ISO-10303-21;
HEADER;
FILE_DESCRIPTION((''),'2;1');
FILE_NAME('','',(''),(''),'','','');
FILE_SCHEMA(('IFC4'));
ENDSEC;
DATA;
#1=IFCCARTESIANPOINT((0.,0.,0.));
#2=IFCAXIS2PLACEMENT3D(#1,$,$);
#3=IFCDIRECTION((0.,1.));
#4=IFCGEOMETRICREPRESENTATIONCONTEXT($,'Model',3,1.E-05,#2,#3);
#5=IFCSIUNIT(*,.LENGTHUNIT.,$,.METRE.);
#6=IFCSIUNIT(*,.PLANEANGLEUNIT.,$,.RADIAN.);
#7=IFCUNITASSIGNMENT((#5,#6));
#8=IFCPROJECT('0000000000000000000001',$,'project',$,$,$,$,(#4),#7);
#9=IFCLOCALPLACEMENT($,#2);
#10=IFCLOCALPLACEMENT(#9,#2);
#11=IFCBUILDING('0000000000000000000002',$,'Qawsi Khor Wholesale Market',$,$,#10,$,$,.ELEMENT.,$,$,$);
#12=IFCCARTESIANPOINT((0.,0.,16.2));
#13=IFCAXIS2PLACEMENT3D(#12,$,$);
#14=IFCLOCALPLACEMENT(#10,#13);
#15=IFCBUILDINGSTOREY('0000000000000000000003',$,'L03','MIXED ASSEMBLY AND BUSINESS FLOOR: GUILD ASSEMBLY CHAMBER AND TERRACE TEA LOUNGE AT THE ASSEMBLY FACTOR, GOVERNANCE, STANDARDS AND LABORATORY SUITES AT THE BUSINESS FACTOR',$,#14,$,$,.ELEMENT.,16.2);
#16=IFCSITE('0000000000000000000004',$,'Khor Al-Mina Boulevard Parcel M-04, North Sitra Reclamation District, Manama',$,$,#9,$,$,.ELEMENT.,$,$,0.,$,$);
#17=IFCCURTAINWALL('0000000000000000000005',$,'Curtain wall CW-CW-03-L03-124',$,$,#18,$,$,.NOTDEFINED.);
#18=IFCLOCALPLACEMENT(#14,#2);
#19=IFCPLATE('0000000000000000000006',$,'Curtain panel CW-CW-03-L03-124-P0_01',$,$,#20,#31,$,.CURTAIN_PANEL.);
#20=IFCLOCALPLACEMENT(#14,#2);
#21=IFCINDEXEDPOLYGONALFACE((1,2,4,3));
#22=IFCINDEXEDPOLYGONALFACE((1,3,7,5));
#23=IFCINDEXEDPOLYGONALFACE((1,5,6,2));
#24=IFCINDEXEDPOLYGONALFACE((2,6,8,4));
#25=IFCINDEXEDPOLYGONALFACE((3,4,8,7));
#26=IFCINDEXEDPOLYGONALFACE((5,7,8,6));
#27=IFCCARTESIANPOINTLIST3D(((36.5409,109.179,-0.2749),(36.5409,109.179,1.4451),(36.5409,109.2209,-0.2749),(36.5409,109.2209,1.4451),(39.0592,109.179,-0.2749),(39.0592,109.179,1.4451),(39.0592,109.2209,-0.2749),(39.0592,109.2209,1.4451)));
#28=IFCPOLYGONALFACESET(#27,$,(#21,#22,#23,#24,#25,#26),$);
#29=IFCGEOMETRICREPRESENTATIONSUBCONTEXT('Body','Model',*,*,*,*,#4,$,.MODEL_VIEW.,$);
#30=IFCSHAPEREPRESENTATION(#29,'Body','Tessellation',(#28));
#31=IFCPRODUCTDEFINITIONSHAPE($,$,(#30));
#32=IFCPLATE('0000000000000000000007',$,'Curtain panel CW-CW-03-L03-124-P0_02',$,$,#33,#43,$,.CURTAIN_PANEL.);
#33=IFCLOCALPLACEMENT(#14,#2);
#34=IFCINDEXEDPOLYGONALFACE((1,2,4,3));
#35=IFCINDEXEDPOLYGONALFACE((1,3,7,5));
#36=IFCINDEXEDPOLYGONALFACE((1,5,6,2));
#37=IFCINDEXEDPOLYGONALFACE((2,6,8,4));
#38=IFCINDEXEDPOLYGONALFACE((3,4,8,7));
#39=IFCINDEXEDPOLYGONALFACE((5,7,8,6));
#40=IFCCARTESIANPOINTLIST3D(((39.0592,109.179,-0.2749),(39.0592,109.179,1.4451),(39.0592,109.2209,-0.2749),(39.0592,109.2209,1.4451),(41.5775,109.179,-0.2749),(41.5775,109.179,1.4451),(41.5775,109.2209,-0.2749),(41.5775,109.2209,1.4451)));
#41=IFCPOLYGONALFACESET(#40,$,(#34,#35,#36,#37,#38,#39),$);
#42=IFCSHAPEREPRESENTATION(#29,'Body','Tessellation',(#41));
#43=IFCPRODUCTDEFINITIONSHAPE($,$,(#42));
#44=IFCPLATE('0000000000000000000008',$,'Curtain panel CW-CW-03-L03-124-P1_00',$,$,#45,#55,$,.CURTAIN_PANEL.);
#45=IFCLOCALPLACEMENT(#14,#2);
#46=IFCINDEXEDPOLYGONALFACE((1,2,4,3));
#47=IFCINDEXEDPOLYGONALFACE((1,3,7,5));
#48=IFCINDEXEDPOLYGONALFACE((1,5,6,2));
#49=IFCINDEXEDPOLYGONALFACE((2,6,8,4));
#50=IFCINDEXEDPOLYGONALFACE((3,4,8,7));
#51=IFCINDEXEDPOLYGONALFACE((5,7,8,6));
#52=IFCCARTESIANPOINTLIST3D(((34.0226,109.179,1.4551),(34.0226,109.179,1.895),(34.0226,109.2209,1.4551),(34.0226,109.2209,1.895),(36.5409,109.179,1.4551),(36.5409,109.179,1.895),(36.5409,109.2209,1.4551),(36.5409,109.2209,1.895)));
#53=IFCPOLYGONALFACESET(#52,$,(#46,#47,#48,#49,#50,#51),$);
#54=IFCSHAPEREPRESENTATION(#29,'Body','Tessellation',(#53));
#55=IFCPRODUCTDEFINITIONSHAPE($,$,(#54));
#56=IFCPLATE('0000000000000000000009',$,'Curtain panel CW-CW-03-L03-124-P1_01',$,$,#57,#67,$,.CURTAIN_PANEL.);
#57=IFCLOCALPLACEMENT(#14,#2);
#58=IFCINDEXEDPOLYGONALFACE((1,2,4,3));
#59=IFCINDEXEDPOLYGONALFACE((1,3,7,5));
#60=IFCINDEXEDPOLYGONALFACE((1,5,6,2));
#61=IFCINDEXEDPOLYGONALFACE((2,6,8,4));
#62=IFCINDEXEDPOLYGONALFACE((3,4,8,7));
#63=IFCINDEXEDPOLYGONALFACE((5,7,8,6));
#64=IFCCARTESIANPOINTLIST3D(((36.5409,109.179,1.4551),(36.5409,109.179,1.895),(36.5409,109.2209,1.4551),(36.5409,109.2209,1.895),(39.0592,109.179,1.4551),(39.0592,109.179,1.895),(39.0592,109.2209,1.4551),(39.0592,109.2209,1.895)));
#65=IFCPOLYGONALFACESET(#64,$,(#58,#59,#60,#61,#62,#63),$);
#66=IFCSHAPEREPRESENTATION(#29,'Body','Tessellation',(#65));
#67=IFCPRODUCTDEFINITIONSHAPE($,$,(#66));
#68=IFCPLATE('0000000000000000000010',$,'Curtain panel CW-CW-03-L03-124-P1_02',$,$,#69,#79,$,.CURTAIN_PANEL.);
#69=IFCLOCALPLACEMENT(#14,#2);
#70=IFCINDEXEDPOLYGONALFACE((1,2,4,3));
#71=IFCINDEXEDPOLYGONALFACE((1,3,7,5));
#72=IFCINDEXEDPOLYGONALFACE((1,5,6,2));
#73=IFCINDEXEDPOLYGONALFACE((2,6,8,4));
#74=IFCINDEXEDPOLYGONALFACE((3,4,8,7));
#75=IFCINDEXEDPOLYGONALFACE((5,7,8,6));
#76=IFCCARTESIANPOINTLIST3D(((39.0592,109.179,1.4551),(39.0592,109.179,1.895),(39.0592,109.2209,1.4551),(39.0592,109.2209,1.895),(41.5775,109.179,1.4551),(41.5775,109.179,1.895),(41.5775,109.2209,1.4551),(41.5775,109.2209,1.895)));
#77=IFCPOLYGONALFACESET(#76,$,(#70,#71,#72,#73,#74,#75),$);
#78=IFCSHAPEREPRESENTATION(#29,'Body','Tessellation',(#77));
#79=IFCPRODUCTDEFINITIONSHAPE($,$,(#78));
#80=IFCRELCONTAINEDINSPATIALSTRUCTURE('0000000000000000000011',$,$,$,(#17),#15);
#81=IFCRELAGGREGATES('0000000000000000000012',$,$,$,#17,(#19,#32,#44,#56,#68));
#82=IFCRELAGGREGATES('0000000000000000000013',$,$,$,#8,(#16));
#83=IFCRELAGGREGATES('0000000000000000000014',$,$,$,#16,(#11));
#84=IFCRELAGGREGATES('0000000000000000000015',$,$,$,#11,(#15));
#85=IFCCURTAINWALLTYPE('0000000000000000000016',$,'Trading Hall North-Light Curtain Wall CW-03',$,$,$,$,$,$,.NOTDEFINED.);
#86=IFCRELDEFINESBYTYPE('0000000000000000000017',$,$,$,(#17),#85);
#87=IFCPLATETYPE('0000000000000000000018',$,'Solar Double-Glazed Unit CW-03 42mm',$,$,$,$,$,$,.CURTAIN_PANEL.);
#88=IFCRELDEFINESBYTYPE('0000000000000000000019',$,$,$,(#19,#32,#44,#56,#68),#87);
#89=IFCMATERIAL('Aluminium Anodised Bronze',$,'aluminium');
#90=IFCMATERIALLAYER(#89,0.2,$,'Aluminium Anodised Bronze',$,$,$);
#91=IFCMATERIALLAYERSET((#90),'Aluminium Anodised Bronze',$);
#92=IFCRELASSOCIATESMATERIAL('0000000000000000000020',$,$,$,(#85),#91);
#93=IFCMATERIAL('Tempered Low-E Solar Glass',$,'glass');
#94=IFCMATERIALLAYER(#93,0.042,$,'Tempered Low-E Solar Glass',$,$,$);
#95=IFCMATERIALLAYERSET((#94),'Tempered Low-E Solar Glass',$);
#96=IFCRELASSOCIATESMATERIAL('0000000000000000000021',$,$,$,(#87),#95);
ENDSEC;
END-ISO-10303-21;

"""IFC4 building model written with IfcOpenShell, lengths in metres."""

from ifc_helpers import new_model, si_unit, direction, frame, frame_2d, origin, place, context, subcontext, project, spatial, rectangle, extrude, material, layer, layer_set, type_object, element, aggregate, save


model = new_model("IFC4")

# Units and contexts
model_context = context("Model", 3, precision=1e-05, world=origin(), true_north=direction((0.0, 1.0)))
body_context = subcontext(model_context, "Body", "Model", "MODEL_VIEW")
ifc_project = project(units=[si_unit("LENGTHUNIT", "METRE"), si_unit("PLANEANGLEUNIT", "RADIAN")], contexts=[model_context])

# Site, building, storey
site_placement = place(None, origin())
site = spatial("IfcSite", under=ifc_project, at=site_placement, Name="Khor Al-Mina Boulevard Parcel M-04, North Sitra Reclamation District, Manama", CompositionType="ELEMENT", RefElevation=0.0)
building_placement = place(site_placement, origin())
building = spatial("IfcBuilding", under=site, at=building_placement, Name="Qawsi Khor Wholesale Market", CompositionType="ELEMENT")
storey_placement = place(building_placement, frame((0.0, 0.0, 16.2)))
storey = spatial("IfcBuildingStorey", under=building, at=storey_placement, Name="L03", Description="MIXED ASSEMBLY AND BUSINESS FLOOR: GUILD ASSEMBLY CHAMBER AND TERRACE TEA LOUNGE AT THE ASSEMBLY FACTOR, GOVERNANCE, STANDARDS AND LABORATORY SUITES AT THE BUSINESS FACTOR", CompositionType="ELEMENT", Elevation=16.2)

# Curtain wall
ifc_material_1 = material(Name="Aluminium Anodised Bronze", Category="aluminium")
ifc_layer_1 = layer(ifc_material_1, 0.2, Name="Aluminium Anodised Bronze")
ifc_layer_set_1 = layer_set([ifc_layer_1], Name="Aluminium Anodised Bronze")
curtain_wall_type = type_object("IfcCurtainWallType", Name="Trading Hall North-Light Curtain Wall CW-03", PredefinedType="NOTDEFINED", material=ifc_layer_set_1)
curtain_wall_placement = place(storey_placement, origin())
curtain_wall = element("IfcCurtainWall", 1, at=curtain_wall_placement, inside=storey, type_object=curtain_wall_type, Name="Curtain wall CW-CW-03-L03-124", PredefinedType="NOTDEFINED")

# Plates
ifc_material_2 = material(Name="Tempered Low-E Solar Glass", Category="glass")
ifc_layer_2 = layer(ifc_material_2, 0.042, Name="Tempered Low-E Solar Glass")
ifc_layer_set_2 = layer_set([ifc_layer_2], Name="Tempered Low-E Solar Glass")
plate_type = type_object("IfcPlateType", Name="Solar Double-Glazed Unit CW-03 42mm", PredefinedType="CURTAIN_PANEL", material=ifc_layer_set_2)
plate_1_placement = place(storey_placement, frame((36.5408, 109.2, -0.2749), z_axis=(0.0, 0.0, 1.0), x_axis=(1.0, 0.0, 0.0)))
plate_1 = element("IfcPlate", 2, at=plate_1_placement, type_object=plate_type, Name="Curtain panel CW-CW-03-L03-124-P0_01", PredefinedType="CURTAIN_PANEL", context=body_context, shape_type="SweptSolid", body=[
    extrude(rectangle(XDim=2.5183, YDim=0.042, at=frame_2d((1.2593, 0.0))), origin(), (0.0, 0.0, 1.0), 1.72),
])
plate_2_placement = place(storey_placement, frame((39.0591, 109.2, -0.2749), z_axis=(0.0, 0.0, 1.0), x_axis=(1.0, 0.0, 0.0)))
plate_2 = element("IfcPlate", 3, at=plate_2_placement, type_object=plate_type, Name="Curtain panel CW-CW-03-L03-124-P0_02", PredefinedType="CURTAIN_PANEL", context=body_context, shape_type="SweptSolid", body=[
    extrude(rectangle(XDim=2.5183, YDim=0.042, at=frame_2d((1.2593, 0.0))), origin(), (0.0, 0.0, 1.0), 1.72),
])
plate_3_placement = place(storey_placement, frame((34.0225, 109.2, 1.4551), z_axis=(0.0, 0.0, 1.0), x_axis=(1.0, 0.0, 0.0)))
plate_3 = element("IfcPlate", 4, at=plate_3_placement, type_object=plate_type, Name="Curtain panel CW-CW-03-L03-124-P1_00", PredefinedType="CURTAIN_PANEL", context=body_context, shape_type="SweptSolid", body=[
    extrude(rectangle(XDim=2.5183, YDim=0.042, at=frame_2d((1.2593, 0.0))), origin(), (0.0, 0.0, 1.0), 0.4399),
])
plate_4_placement = place(storey_placement, frame((36.5408, 109.2, 1.4551), z_axis=(0.0, 0.0, 1.0), x_axis=(1.0, 0.0, 0.0)))
plate_4 = element("IfcPlate", 5, at=plate_4_placement, type_object=plate_type, Name="Curtain panel CW-CW-03-L03-124-P1_01", PredefinedType="CURTAIN_PANEL", context=body_context, shape_type="SweptSolid", body=[
    extrude(rectangle(XDim=2.5183, YDim=0.042, at=frame_2d((1.2593, 0.0))), origin(), (0.0, 0.0, 1.0), 0.4399),
])
plate_5_placement = place(storey_placement, frame((39.0591, 109.2, 1.4551), z_axis=(0.0, 0.0, 1.0), x_axis=(1.0, 0.0, 0.0)))
plate_5 = element("IfcPlate", 6, at=plate_5_placement, type_object=plate_type, Name="Curtain panel CW-CW-03-L03-124-P1_02", PredefinedType="CURTAIN_PANEL", context=body_context, shape_type="SweptSolid", body=[
    extrude(rectangle(XDim=2.5183, YDim=0.042, at=frame_2d((1.2593, 0.0))), origin(), (0.0, 0.0, 1.0), 0.4399),
])
aggregate(curtain_wall, [plate_1, plate_2, plate_3, plate_4, plate_5])

save(model, "model.ifc")
